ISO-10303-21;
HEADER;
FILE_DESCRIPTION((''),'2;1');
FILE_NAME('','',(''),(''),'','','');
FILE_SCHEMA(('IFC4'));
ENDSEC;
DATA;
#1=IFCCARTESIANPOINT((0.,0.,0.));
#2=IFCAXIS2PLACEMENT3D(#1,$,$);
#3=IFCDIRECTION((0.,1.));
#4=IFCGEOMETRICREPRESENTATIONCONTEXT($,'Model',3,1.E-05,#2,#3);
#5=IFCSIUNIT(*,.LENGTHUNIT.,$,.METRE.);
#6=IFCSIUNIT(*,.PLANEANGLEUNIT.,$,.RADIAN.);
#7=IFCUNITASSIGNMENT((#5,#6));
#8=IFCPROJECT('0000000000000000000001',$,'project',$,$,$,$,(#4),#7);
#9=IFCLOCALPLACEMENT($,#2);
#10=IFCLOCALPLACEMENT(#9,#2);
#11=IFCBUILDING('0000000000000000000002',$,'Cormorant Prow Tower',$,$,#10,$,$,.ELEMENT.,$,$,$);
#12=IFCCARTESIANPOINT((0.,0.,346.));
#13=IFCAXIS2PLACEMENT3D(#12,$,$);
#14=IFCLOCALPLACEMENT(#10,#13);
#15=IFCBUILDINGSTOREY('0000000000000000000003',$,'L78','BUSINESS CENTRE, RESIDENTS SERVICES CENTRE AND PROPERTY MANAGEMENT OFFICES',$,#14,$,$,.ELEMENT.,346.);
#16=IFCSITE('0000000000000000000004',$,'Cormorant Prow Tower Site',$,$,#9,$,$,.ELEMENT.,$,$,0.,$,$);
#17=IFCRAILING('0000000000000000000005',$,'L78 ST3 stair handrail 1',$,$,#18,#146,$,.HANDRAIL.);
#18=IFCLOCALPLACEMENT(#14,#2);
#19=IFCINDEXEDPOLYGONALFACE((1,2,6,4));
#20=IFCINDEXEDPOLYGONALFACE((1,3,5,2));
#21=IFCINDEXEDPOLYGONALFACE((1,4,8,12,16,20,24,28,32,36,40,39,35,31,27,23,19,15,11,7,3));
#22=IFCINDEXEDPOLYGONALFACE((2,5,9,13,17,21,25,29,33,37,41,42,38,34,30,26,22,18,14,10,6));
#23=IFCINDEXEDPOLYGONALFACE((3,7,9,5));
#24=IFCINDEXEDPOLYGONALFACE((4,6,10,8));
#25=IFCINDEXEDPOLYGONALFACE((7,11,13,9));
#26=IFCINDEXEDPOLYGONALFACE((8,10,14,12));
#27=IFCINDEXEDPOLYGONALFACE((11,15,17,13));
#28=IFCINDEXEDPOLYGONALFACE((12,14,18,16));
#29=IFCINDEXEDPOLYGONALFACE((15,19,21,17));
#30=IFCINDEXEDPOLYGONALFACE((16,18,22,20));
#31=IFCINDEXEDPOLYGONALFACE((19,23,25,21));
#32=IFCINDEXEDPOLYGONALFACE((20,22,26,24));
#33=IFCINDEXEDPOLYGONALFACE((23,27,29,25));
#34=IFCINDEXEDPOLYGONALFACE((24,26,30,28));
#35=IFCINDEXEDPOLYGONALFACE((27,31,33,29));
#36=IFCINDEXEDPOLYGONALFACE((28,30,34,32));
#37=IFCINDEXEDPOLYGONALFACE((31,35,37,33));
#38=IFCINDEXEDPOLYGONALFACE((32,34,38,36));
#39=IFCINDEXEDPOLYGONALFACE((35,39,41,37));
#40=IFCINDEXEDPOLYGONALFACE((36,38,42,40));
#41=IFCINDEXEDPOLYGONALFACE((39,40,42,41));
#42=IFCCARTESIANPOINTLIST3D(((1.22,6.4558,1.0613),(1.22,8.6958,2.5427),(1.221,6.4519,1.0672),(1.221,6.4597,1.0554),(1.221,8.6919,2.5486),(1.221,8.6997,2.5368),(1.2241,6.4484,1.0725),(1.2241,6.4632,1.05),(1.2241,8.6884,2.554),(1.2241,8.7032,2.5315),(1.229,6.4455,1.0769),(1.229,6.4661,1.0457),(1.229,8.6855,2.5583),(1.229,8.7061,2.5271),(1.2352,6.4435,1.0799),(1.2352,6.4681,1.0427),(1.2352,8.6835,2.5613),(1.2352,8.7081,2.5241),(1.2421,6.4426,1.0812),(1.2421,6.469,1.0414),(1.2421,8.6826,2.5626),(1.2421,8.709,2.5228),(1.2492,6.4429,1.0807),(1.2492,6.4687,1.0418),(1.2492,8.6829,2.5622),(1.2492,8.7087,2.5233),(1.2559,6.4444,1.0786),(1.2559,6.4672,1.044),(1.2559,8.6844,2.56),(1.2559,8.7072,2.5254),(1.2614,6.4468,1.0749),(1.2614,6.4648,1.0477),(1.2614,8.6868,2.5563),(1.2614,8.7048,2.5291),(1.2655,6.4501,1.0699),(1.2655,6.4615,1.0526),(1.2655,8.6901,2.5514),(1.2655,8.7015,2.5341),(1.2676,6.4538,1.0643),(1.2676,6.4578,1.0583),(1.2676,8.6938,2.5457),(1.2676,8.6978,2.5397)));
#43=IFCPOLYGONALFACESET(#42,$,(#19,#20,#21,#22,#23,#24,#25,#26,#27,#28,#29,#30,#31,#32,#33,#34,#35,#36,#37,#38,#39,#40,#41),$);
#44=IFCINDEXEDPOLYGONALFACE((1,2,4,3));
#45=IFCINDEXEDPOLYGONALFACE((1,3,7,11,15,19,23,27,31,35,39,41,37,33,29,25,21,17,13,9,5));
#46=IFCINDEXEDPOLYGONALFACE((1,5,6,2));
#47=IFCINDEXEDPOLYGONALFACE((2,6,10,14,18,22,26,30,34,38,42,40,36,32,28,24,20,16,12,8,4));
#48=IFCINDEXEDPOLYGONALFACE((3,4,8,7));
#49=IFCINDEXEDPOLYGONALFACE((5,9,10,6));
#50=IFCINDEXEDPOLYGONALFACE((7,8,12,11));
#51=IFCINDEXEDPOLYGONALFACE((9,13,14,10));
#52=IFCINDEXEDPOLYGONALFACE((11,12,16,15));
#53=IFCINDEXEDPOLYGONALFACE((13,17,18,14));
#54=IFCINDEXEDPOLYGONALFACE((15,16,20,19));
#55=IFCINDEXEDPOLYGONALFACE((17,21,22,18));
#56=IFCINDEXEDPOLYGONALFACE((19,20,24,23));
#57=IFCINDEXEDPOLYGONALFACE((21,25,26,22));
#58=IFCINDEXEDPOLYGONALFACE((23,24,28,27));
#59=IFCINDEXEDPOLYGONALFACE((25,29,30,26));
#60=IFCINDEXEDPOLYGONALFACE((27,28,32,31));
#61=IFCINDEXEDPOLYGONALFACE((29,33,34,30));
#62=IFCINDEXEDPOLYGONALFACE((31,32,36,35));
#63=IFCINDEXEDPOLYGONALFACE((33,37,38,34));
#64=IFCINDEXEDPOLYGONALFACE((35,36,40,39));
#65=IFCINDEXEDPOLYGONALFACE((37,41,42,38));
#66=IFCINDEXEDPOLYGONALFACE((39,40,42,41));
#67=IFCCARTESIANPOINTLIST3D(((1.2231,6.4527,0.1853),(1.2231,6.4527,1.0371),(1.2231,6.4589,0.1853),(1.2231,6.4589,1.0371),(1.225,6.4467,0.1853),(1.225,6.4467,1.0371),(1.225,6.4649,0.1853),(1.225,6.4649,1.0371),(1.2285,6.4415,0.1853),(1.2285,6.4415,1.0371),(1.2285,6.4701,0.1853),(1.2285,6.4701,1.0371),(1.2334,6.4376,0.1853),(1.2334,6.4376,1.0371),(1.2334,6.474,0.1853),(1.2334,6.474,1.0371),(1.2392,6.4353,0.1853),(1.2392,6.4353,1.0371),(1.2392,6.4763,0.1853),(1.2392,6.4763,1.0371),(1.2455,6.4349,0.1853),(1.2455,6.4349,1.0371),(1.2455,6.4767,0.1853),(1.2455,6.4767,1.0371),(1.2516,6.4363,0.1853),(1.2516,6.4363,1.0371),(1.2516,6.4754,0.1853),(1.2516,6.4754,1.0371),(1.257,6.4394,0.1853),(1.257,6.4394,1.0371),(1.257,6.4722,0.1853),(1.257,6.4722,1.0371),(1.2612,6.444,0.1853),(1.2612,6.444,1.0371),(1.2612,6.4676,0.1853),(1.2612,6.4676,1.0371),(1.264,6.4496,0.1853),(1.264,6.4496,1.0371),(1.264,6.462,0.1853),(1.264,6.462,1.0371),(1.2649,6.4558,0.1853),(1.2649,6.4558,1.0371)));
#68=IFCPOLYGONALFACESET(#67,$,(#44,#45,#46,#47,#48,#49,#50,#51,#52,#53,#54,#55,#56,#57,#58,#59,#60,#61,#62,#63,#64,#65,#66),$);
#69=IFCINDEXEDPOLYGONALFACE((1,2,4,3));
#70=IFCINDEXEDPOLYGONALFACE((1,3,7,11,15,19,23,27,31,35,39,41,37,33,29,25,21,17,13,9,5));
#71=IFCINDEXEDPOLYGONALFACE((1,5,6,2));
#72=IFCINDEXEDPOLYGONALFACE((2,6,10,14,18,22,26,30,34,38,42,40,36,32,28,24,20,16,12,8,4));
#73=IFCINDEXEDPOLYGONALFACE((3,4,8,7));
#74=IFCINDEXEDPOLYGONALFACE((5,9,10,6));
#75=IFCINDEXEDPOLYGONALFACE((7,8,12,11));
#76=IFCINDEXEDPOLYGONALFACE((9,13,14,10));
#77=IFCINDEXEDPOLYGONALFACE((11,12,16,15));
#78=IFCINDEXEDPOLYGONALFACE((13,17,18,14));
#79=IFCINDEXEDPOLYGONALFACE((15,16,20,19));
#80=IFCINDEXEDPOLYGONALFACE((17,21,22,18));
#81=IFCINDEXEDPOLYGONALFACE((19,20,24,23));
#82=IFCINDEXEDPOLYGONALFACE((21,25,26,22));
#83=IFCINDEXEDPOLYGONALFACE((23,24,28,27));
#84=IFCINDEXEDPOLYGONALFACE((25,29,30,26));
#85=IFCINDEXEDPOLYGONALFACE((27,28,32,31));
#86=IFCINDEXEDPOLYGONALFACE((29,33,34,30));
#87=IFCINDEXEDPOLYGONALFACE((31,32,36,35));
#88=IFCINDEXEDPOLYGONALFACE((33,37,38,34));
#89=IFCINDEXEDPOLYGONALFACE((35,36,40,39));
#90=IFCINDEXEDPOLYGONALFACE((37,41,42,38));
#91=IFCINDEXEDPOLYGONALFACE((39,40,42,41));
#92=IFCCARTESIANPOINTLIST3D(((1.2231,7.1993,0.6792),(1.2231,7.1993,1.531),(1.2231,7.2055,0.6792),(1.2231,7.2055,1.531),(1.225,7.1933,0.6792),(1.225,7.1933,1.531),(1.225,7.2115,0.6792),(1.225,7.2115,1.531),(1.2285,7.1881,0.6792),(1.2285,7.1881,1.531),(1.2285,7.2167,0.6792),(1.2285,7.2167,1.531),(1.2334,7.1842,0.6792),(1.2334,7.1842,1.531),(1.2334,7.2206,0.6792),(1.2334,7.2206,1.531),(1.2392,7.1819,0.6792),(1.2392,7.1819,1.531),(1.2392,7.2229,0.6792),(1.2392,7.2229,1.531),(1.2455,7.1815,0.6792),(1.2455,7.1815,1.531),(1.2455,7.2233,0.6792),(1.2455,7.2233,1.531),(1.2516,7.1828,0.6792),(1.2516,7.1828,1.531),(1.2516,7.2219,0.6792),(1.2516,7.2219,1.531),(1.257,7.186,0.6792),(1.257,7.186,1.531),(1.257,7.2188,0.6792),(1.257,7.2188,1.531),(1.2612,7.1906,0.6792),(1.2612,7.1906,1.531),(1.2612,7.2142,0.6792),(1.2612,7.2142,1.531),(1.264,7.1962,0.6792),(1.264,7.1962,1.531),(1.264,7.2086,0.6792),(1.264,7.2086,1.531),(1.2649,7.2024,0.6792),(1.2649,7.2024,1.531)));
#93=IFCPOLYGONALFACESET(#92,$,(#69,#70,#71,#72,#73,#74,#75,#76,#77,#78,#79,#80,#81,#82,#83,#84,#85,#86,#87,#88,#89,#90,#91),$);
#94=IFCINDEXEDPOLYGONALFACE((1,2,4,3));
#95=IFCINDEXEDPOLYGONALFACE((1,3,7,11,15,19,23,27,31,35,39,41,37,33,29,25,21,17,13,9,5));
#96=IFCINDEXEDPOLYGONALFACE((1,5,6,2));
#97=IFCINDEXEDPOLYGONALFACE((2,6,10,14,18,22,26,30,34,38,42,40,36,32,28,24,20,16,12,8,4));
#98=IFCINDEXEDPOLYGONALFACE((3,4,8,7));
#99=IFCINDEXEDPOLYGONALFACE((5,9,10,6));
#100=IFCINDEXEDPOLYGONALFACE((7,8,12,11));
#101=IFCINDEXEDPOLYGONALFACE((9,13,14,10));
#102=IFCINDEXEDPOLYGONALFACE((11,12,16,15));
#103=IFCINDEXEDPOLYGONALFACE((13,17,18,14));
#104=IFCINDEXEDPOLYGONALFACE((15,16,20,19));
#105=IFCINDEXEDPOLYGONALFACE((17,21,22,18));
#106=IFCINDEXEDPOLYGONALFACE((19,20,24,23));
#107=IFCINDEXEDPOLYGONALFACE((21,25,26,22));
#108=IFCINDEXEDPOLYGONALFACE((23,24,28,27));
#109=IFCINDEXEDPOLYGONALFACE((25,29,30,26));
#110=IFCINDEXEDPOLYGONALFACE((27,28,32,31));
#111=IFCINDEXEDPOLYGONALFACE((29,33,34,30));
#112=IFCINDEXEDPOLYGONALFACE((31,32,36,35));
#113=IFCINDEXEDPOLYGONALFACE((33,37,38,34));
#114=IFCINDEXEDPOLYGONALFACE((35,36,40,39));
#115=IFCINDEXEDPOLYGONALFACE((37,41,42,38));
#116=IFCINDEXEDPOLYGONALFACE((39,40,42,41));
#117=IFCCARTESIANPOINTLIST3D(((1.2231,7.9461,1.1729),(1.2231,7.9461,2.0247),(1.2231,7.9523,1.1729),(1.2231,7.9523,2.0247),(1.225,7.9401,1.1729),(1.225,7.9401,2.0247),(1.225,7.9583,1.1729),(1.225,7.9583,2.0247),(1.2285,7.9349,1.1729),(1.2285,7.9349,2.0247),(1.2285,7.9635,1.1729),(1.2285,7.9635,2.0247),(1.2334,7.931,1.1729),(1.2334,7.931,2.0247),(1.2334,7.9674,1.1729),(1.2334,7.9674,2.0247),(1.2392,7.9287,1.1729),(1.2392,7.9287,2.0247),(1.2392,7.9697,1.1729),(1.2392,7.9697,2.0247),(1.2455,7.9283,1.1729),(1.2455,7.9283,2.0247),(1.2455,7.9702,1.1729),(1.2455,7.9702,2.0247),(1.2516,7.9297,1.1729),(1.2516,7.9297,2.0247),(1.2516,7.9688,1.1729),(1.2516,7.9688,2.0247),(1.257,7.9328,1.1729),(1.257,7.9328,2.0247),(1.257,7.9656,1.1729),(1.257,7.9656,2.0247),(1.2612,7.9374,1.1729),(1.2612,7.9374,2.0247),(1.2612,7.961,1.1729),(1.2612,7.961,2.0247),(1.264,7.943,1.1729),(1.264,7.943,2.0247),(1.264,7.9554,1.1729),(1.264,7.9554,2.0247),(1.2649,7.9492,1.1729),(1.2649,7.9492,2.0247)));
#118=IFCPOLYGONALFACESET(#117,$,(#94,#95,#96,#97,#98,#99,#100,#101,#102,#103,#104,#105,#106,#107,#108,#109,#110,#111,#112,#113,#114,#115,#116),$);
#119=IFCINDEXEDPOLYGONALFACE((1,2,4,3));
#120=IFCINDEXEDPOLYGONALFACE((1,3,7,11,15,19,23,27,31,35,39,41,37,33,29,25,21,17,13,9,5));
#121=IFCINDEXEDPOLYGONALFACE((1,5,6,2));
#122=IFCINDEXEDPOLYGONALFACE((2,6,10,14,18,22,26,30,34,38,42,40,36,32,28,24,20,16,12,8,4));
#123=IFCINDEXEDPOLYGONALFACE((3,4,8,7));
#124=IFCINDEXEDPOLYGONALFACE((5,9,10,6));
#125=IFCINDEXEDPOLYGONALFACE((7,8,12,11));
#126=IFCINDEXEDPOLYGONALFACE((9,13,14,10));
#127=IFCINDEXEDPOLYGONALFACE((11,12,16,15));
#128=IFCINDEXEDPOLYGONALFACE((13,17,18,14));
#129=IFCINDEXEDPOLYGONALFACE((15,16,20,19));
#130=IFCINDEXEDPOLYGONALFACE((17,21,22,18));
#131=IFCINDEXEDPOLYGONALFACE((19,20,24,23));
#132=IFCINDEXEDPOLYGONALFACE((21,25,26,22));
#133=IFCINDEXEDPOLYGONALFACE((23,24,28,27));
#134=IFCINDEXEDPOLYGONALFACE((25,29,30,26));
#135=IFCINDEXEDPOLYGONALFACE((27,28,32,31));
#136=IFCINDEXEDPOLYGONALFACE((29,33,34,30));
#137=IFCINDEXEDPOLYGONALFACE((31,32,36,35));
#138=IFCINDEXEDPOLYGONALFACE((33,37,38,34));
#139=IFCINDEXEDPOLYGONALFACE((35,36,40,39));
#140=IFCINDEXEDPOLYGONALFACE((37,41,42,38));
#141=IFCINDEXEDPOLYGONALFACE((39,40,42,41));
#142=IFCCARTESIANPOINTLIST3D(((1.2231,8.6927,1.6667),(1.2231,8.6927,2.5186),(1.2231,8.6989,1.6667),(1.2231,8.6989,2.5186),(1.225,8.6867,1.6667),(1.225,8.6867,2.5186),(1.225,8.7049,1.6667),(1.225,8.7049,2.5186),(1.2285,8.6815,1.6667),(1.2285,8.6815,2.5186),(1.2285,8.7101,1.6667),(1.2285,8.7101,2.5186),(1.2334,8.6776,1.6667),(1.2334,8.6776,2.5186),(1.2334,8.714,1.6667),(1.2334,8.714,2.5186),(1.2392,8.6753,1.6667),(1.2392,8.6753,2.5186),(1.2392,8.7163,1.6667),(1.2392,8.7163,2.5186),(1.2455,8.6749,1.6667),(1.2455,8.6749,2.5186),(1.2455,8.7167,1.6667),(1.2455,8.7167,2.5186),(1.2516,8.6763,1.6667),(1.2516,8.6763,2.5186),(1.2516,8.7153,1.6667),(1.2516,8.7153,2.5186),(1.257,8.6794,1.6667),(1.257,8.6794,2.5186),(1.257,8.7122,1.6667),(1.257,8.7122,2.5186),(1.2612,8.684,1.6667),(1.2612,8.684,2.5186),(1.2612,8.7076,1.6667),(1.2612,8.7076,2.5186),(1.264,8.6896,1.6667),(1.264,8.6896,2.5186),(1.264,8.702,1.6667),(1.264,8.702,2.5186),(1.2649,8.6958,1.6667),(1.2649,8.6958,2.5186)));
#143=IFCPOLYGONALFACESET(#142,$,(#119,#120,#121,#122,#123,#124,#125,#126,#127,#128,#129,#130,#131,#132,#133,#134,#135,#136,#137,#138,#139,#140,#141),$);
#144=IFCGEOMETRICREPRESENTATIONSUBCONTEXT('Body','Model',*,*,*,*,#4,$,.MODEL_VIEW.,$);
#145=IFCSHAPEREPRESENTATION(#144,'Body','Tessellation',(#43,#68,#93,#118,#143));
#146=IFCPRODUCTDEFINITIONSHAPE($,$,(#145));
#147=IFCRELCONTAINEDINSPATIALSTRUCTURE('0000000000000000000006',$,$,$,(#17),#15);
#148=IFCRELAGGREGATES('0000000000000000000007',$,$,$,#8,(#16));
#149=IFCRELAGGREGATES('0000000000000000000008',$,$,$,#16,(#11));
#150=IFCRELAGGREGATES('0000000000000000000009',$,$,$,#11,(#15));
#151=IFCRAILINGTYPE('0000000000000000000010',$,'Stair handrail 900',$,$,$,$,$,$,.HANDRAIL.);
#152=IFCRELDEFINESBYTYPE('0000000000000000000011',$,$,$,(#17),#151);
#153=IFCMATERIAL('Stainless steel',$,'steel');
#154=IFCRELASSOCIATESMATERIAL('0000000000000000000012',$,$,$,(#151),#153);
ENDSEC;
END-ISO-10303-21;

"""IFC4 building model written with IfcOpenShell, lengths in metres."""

from ifc_helpers import new_model, si_unit, direction, frame, origin, origin_2d, place, context, subcontext, project, spatial, circle, extrude, material, type_object, element, save


model = new_model("IFC4")

# Units and contexts
model_context = context("Model", 3, precision=1e-05, world=origin(), true_north=direction((0.0, 1.0)))
body_context = subcontext(model_context, "Body", "Model", "MODEL_VIEW")
ifc_project = project(units=[si_unit("LENGTHUNIT", "METRE"), si_unit("PLANEANGLEUNIT", "RADIAN")], contexts=[model_context])

# Site, building, storey
site_placement = place(None, origin())
site = spatial("IfcSite", under=ifc_project, at=site_placement, Name="Cormorant Prow Tower Site", CompositionType="ELEMENT", RefElevation=0.0)
building_placement = place(site_placement, origin())
building = spatial("IfcBuilding", under=site, at=building_placement, Name="Cormorant Prow Tower", CompositionType="ELEMENT")
storey_placement = place(building_placement, frame((0.0, 0.0, 346.0)))
storey = spatial("IfcBuildingStorey", under=building, at=storey_placement, Name="L78", Description="BUSINESS CENTRE, RESIDENTS SERVICES CENTRE AND PROPERTY MANAGEMENT OFFICES", CompositionType="ELEMENT", Elevation=346.0)

# Railing
ifc_material_1 = material(Name="Stainless steel", Category="steel")
railing_type_1 = type_object("IfcRailingType", Name="Stair handrail 900", PredefinedType="HANDRAIL", material=ifc_material_1)
for number, where, name in (
    (1, (1.2439, 6.4558, 0.1853), "L78 ST3 stair handrail 1"),
):
    element("IfcRailing", number, at=place(storey_placement, frame(where)), inside=storey, type_object=railing_type_1, Name=name, PredefinedType="HANDRAIL", context=body_context, shape_type="SweptSolid", body=[
        extrude(circle(Radius=0.0239, at=origin_2d()), frame((0.0, 0.0, 0.876), z_axis=(0.0, 0.834087, 0.551634), x_axis=(-1.0, 0.0, 0.0)), (0.0, 0.0, 1.0), 2.6855),
        extrude(circle(Radius=0.021, at=origin_2d()), origin(), (0.0, 0.0, 1.0), 0.8518),
        extrude(circle(Radius=0.021, at=origin_2d()), frame((0.0, 0.7466, 0.4939)), (0.0, 0.0, 1.0), 0.8518),
        extrude(circle(Radius=0.021, at=origin_2d()), frame((0.0, 1.4934, 0.9875)), (0.0, 0.0, 1.0), 0.8518),
        extrude(circle(Radius=0.021, at=origin_2d()), frame((0.0, 2.24, 1.4814)), (0.0, 0.0, 1.0), 0.8518),
    ])

save(model, "model.ifc")
